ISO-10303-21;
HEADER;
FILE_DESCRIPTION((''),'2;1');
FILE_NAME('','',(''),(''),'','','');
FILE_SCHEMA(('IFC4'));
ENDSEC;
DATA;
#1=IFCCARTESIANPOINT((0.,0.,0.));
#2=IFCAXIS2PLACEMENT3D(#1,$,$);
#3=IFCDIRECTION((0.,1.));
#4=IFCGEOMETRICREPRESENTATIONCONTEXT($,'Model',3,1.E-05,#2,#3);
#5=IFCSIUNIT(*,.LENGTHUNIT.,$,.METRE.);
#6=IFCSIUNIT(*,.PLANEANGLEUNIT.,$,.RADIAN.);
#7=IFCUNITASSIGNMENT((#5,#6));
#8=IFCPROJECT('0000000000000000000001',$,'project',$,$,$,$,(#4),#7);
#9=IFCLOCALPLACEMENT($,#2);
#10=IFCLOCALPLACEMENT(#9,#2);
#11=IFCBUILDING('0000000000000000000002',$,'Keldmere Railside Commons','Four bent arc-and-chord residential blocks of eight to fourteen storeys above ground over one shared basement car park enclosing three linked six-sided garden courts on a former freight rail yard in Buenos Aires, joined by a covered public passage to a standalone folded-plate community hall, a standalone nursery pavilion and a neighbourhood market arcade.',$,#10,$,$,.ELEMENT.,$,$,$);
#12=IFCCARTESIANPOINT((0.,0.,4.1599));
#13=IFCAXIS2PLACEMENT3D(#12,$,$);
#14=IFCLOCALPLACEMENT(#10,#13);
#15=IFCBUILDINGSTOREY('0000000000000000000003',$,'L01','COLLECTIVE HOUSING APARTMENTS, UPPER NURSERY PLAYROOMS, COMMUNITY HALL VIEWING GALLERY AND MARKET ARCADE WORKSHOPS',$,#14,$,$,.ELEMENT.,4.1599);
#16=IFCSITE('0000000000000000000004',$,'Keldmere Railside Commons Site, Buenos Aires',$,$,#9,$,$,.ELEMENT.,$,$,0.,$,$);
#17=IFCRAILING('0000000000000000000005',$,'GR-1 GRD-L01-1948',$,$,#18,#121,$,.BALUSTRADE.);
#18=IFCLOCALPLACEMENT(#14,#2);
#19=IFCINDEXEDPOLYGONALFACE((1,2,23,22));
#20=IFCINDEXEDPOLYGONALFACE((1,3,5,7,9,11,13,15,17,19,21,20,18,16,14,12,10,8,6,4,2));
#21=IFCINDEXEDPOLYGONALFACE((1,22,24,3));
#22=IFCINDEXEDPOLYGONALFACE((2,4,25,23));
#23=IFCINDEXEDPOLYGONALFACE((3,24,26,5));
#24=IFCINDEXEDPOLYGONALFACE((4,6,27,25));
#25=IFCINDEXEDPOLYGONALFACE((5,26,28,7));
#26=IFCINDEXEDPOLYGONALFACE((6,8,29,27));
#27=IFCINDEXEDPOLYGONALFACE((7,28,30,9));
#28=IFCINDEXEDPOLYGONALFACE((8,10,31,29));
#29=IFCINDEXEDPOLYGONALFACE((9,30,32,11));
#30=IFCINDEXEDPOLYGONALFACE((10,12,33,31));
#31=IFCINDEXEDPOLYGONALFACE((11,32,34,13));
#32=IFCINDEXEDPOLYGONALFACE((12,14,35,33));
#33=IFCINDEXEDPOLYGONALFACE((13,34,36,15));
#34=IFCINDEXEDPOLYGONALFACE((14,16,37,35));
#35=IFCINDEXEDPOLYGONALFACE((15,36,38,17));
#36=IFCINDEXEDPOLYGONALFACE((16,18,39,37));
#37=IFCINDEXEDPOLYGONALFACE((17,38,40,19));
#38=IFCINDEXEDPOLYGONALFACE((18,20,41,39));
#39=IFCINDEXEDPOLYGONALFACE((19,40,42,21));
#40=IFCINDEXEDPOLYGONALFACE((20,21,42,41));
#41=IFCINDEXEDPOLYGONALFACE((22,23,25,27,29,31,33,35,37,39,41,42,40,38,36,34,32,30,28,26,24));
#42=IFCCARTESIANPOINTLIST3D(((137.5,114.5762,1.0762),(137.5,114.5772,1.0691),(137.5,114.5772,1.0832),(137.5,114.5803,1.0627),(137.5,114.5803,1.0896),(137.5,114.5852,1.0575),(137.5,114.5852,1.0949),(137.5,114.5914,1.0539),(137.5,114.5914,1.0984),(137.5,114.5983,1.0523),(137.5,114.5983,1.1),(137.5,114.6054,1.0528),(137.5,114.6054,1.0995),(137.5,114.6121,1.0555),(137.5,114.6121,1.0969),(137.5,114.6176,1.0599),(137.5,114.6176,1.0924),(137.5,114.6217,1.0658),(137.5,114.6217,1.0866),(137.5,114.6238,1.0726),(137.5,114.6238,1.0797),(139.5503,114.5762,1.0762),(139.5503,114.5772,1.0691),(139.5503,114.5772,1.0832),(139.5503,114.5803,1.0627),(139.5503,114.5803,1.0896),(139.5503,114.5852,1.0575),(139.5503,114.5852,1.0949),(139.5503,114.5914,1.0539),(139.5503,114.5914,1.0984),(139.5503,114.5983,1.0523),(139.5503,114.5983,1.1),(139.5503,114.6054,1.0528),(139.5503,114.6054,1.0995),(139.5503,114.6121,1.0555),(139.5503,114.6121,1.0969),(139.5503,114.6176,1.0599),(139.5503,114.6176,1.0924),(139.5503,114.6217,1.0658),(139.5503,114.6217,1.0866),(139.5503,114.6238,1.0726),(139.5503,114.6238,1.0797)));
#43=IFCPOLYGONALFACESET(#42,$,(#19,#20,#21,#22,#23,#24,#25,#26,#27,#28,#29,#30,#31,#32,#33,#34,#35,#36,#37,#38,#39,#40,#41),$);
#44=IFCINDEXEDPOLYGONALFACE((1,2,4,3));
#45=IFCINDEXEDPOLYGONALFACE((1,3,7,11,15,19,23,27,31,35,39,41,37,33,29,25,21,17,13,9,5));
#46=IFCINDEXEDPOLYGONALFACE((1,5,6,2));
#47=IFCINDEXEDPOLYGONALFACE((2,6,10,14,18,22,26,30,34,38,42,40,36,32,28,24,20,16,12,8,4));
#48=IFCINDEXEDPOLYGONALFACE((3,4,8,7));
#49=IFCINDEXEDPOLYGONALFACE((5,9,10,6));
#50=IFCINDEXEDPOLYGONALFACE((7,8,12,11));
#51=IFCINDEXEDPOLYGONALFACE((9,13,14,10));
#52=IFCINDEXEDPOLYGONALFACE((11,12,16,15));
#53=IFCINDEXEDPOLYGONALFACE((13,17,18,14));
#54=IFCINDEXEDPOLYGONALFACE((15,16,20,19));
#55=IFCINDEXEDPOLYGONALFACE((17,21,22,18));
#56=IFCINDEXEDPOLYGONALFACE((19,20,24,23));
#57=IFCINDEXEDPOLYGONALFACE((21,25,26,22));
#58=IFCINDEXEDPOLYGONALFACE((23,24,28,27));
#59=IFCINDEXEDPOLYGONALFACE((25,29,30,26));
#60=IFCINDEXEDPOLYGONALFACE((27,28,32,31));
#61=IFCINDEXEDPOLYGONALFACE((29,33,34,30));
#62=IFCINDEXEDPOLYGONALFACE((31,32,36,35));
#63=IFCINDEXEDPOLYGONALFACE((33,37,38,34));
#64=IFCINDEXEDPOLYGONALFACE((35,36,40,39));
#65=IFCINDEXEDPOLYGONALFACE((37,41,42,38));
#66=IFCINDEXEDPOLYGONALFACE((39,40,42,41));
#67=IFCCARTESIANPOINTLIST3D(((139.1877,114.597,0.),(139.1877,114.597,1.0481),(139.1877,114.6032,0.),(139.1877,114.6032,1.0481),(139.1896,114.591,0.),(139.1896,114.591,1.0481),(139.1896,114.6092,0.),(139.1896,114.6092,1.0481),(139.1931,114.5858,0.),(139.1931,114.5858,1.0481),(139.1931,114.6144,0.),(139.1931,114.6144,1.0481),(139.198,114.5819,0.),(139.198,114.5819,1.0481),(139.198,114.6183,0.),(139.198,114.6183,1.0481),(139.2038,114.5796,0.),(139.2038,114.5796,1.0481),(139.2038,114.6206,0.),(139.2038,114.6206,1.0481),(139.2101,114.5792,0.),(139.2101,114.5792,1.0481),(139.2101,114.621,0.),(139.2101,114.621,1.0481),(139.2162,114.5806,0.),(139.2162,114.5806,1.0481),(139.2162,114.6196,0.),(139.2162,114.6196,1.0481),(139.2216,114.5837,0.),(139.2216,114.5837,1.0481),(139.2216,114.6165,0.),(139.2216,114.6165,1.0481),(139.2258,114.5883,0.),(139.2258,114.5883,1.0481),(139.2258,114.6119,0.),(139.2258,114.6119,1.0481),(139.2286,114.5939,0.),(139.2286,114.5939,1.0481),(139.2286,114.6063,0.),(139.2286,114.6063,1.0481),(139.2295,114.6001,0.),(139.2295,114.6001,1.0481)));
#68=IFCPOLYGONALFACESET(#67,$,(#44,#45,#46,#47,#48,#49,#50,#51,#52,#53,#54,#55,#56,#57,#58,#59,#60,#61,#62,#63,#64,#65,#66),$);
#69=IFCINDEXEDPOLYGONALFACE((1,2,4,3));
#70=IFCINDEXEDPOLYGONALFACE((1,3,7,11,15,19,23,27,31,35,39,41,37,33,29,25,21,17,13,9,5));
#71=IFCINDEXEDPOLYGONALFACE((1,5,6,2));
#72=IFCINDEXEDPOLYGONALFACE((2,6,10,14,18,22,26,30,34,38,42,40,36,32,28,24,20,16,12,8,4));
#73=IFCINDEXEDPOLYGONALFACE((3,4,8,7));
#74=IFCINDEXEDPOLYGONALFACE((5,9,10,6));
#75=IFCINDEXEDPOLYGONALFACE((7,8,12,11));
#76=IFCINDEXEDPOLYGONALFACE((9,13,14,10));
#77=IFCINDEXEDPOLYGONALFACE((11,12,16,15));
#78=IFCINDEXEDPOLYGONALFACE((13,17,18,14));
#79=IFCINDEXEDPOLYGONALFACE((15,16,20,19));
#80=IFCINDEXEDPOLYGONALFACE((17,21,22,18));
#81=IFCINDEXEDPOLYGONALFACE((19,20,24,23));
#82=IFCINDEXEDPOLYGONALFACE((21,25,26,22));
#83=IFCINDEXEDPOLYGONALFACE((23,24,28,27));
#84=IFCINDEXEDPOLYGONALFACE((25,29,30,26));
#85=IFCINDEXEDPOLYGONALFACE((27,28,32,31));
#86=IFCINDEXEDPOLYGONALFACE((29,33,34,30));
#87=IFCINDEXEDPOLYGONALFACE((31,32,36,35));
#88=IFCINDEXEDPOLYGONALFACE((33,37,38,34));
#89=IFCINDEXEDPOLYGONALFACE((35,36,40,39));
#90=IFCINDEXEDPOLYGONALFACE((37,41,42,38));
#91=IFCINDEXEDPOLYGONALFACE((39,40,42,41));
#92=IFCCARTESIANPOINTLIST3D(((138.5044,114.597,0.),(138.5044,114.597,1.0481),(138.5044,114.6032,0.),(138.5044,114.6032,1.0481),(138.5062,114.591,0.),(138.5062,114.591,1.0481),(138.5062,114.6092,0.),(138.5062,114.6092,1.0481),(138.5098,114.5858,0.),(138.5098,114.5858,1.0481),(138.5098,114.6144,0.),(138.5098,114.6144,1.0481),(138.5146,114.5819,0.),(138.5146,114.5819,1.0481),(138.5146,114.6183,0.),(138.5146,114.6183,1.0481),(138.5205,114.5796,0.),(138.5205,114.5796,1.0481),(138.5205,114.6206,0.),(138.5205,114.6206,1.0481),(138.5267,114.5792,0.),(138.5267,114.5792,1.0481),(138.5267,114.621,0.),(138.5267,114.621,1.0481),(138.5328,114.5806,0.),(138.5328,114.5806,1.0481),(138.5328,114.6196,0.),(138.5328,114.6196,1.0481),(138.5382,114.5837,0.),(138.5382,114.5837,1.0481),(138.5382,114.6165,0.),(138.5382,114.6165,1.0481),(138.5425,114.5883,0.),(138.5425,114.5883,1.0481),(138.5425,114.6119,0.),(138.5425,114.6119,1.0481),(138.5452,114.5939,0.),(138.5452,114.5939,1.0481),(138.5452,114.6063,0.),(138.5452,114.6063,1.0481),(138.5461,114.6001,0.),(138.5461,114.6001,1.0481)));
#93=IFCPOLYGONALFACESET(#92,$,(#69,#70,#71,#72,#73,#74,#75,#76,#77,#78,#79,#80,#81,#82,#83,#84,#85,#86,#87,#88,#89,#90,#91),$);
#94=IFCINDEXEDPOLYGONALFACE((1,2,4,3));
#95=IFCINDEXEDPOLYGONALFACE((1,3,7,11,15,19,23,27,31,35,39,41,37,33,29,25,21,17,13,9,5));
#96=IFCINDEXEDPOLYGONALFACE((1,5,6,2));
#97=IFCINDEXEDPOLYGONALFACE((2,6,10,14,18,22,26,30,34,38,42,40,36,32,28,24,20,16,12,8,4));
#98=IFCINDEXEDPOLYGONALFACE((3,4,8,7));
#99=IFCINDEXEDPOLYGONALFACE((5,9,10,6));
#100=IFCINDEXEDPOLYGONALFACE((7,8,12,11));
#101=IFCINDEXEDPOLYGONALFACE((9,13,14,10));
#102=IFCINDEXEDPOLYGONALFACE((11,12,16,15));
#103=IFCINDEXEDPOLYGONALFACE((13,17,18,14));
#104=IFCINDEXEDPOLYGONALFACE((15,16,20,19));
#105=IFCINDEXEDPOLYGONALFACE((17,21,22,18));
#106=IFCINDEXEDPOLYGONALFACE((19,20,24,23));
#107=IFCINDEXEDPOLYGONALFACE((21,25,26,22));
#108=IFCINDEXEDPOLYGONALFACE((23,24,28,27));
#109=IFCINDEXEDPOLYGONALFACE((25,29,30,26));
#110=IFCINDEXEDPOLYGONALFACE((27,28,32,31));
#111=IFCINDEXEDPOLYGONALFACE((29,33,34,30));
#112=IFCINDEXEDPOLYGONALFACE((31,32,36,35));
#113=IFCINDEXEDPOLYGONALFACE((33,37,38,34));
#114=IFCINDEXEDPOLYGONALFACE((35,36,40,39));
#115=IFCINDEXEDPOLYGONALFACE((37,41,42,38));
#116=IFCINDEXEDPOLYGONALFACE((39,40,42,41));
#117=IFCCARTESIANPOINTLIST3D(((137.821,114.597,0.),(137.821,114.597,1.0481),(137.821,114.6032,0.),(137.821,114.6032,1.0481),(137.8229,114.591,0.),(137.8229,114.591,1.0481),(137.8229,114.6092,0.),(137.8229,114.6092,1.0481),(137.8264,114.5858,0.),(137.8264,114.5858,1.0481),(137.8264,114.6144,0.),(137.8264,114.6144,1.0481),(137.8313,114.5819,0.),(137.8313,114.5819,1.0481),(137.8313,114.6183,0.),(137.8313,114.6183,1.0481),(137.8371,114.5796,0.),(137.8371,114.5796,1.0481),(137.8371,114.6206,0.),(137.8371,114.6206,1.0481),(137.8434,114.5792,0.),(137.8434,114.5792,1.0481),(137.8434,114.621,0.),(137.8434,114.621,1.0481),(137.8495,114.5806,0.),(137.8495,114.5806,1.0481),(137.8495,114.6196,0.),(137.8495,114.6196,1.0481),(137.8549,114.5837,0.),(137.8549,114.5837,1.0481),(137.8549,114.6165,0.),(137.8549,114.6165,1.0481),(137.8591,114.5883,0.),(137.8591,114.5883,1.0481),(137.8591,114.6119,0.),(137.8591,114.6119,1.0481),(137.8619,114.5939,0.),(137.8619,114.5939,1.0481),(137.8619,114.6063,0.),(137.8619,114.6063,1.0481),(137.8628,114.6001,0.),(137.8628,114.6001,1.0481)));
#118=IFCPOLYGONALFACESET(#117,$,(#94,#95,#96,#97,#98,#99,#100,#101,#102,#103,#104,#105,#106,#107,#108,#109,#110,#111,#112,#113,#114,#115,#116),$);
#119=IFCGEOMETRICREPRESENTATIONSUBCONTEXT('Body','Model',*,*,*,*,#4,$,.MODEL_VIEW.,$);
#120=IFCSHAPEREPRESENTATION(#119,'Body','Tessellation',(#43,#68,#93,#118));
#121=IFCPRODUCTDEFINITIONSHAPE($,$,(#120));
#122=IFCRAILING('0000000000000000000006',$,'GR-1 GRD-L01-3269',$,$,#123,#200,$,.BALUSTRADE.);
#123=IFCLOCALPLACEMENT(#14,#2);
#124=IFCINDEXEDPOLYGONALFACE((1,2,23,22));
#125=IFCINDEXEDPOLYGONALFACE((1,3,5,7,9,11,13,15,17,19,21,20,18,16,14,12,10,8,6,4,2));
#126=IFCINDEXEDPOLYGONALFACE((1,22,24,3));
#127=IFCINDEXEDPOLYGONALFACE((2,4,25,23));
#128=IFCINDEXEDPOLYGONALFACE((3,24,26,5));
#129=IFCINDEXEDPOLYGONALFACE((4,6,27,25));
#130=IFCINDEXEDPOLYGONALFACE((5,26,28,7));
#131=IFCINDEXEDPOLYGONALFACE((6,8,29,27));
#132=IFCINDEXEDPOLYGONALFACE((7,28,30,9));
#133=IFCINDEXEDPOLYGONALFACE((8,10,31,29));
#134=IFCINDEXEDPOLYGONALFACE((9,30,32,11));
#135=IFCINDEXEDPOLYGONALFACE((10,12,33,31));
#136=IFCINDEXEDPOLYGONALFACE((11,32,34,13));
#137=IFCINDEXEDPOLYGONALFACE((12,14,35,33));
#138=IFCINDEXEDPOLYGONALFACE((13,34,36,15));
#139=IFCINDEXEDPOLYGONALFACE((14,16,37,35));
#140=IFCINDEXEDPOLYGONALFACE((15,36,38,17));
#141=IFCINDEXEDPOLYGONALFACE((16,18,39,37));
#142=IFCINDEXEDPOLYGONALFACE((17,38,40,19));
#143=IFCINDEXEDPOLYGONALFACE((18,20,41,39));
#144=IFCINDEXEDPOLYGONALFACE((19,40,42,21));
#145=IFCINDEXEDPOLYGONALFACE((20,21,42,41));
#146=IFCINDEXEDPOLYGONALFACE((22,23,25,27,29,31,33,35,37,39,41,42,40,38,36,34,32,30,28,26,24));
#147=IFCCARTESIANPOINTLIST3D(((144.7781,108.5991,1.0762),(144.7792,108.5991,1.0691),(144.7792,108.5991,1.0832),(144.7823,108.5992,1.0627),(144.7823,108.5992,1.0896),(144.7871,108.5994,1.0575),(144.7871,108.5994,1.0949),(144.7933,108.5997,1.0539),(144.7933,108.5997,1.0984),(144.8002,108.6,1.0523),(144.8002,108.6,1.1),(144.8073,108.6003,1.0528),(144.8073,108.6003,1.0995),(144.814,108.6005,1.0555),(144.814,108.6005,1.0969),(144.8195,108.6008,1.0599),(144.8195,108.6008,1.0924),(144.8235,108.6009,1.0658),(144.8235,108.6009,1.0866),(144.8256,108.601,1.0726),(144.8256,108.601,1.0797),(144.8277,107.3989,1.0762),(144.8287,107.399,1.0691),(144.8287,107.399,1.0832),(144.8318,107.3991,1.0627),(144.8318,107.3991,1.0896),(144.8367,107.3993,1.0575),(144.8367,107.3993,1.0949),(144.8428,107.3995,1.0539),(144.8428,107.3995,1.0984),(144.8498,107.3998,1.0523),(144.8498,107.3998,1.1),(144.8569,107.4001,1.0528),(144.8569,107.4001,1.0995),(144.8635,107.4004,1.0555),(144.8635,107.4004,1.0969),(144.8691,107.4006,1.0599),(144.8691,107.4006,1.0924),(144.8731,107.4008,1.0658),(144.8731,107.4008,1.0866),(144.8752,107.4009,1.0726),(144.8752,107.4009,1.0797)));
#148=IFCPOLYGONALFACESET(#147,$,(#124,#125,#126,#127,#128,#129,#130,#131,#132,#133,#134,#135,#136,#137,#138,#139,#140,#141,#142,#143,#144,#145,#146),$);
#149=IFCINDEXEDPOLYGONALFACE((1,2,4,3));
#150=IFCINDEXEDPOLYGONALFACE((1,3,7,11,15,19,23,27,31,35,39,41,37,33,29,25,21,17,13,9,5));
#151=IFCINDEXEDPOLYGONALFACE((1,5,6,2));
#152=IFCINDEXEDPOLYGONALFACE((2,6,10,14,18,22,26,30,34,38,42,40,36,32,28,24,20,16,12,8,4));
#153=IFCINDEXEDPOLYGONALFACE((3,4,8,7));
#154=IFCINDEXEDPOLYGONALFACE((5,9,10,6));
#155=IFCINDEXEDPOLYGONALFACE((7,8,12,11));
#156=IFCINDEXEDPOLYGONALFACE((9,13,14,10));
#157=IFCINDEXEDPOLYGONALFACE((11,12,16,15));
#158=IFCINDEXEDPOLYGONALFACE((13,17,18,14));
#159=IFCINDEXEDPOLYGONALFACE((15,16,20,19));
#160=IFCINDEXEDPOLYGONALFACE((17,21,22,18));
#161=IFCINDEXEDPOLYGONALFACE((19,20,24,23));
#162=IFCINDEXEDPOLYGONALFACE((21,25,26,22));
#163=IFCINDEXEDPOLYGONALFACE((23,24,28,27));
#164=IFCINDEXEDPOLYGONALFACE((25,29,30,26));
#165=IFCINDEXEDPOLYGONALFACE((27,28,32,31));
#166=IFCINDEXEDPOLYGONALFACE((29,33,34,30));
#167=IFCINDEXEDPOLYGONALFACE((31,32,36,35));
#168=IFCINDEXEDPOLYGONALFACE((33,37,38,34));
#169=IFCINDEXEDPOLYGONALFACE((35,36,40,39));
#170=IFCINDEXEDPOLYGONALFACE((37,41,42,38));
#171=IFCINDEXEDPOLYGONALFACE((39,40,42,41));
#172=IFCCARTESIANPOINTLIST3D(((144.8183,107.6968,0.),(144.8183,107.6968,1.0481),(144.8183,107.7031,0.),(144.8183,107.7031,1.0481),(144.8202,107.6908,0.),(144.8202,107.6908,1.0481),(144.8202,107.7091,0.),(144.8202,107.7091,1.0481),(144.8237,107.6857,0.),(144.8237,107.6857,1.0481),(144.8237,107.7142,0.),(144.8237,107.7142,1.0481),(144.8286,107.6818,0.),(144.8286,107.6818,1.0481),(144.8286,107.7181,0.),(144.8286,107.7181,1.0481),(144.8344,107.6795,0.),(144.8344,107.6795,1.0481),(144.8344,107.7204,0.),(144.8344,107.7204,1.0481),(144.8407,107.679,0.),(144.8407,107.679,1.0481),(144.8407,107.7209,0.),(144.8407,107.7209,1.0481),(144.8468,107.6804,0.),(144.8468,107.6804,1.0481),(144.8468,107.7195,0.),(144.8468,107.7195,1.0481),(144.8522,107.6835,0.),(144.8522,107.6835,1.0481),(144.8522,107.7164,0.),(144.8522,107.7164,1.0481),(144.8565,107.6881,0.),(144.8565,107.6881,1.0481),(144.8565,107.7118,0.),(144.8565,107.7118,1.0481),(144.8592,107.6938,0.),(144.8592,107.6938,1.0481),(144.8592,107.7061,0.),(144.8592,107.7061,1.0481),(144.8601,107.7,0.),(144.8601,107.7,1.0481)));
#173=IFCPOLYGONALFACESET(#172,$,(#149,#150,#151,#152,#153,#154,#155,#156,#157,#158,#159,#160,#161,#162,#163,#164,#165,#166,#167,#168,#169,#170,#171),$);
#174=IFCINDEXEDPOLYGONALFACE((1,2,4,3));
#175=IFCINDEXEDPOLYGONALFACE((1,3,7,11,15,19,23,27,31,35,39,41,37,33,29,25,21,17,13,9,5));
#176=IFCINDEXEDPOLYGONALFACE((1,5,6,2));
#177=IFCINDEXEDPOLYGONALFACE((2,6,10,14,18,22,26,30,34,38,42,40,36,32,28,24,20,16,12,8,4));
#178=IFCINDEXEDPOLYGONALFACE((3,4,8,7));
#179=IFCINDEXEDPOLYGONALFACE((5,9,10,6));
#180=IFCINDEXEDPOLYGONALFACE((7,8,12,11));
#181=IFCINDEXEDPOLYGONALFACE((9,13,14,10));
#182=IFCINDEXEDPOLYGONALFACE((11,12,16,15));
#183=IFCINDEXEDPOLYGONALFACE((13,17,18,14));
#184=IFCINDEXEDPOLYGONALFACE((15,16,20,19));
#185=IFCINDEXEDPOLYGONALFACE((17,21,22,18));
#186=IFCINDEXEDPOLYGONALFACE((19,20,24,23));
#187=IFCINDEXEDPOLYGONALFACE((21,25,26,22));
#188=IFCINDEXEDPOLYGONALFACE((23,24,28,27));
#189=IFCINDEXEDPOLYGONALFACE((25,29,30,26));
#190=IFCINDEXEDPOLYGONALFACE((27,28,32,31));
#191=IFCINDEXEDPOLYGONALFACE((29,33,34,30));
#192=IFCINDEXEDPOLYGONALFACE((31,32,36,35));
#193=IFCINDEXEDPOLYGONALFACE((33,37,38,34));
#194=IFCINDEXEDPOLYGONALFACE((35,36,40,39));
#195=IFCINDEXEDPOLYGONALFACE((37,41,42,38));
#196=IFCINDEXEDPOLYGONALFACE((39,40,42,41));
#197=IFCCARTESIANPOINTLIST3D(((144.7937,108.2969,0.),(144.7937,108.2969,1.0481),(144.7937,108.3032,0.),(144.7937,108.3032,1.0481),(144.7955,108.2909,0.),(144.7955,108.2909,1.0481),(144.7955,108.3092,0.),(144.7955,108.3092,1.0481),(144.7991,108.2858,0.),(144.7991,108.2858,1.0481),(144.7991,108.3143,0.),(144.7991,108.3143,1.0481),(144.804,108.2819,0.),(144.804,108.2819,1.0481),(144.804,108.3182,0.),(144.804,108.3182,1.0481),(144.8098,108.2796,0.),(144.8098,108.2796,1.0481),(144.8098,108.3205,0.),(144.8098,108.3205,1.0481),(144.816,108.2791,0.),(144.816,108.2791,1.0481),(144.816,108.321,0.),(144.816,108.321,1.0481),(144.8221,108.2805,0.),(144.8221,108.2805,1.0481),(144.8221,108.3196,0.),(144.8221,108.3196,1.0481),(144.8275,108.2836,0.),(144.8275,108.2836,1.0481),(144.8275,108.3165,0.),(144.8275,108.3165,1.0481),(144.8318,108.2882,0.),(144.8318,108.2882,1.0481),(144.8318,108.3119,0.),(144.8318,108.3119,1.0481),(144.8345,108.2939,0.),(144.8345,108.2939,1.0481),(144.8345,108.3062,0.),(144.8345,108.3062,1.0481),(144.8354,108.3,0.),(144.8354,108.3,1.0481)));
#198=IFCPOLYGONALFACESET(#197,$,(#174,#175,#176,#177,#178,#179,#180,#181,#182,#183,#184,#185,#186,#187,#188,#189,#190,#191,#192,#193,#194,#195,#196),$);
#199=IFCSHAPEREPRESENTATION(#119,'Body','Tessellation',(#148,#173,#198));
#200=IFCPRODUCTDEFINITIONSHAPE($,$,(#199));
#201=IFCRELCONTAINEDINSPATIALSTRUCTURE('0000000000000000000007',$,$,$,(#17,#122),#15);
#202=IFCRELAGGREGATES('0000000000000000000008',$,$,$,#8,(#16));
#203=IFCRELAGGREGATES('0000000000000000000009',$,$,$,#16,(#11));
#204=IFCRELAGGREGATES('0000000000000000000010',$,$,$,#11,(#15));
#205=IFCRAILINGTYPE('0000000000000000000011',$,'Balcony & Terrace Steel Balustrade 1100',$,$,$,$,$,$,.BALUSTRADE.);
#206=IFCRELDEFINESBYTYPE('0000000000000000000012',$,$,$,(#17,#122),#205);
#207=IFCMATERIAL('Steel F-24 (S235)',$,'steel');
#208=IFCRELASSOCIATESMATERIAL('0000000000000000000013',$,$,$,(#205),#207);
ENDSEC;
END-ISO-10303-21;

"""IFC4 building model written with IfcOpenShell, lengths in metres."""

from ifc_helpers import new_model, si_unit, direction, frame, origin, origin_2d, place, context, subcontext, project, spatial, circle, extrude, material, type_object, element, save


model = new_model("IFC4")

# Units and contexts
model_context = context("Model", 3, precision=1e-05, world=origin(), true_north=direction((0.0, 1.0)))
body_context = subcontext(model_context, "Body", "Model", "MODEL_VIEW")
ifc_project = project(units=[si_unit("LENGTHUNIT", "METRE"), si_unit("PLANEANGLEUNIT", "RADIAN")], contexts=[model_context])

# Site, building, storey
site_placement = place(None, origin())
site = spatial("IfcSite", under=ifc_project, at=site_placement, Name="Keldmere Railside Commons Site, Buenos Aires", CompositionType="ELEMENT", RefElevation=0.0)
building_placement = place(site_placement, origin())
building = spatial("IfcBuilding", under=site, at=building_placement, Name="Keldmere Railside Commons", Description="Four bent arc-and-chord residential blocks of eight to fourteen storeys above ground over one shared basement car park enclosing three linked six-sided garden courts on a former freight rail yard in Buenos Aires, joined by a covered public passage to a standalone folded-plate community hall, a standalone nursery pavilion and a neighbourhood market arcade.", CompositionType="ELEMENT")
storey_placement = place(building_placement, frame((0.0, 0.0, 4.1599)))
storey = spatial("IfcBuildingStorey", under=building, at=storey_placement, Name="L01", Description="COLLECTIVE HOUSING APARTMENTS, UPPER NURSERY PLAYROOMS, COMMUNITY HALL VIEWING GALLERY AND MARKET ARCADE WORKSHOPS", CompositionType="ELEMENT", Elevation=4.1599)

# Railings
ifc_material_1 = material(Name="Steel F-24 (S235)", Category="steel")
railing_type = type_object("IfcRailingType", Name="Balcony & Terrace Steel Balustrade 1100", PredefinedType="BALUSTRADE", material=ifc_material_1)
railing_1_placement = place(storey_placement, frame((139.5503, 114.6001, 0.0)))
element("IfcRailing", 1, at=railing_1_placement, inside=storey, type_object=railing_type, Name="GR-1 GRD-L01-1948", PredefinedType="BALUSTRADE", context=body_context, shape_type="SweptSolid", body=[
    extrude(circle(Radius=0.0239, at=origin_2d()), frame((0.0, 0.0, 1.0762), z_axis=(-1.0, 0.0, 0.0), x_axis=(0.0, -1.0, 0.0)), (0.0, 0.0, 1.0), 2.0503),
    extrude(circle(Radius=0.021, at=origin_2d()), frame((-0.3418, 0.0, 0.0)), (0.0, 0.0, 1.0), 1.0481),
    extrude(circle(Radius=0.021, at=origin_2d()), frame((-1.0251, 0.0, 0.0)), (0.0, 0.0, 1.0), 1.0481),
    extrude(circle(Radius=0.021, at=origin_2d()), frame((-1.7085, 0.0, 0.0)), (0.0, 0.0, 1.0), 1.0481),
])
railing_2_placement = place(storey_placement, frame((144.8516, 107.3999, 0.0)))
element("IfcRailing", 2, at=railing_2_placement, inside=storey, type_object=railing_type, Name="GR-1 GRD-L01-3269", PredefinedType="BALUSTRADE", context=body_context, shape_type="SweptSolid", body=[
    extrude(circle(Radius=0.0239, at=origin_2d()), frame((0.0, 0.0, 1.0762), z_axis=(-0.041259, 0.999149, 0.0), x_axis=(-0.999149, -0.041259, 0.0)), (0.0, 0.0, 1.0), 1.2012),
    extrude(circle(Radius=0.021, at=origin_2d()), frame((-0.0125, 0.3, 0.0)), (0.0, 0.0, 1.0), 1.0481),
    extrude(circle(Radius=0.021, at=origin_2d()), frame((-0.0371, 0.9001, 0.0)), (0.0, 0.0, 1.0), 1.0481),
])

save(model, "model.ifc")
